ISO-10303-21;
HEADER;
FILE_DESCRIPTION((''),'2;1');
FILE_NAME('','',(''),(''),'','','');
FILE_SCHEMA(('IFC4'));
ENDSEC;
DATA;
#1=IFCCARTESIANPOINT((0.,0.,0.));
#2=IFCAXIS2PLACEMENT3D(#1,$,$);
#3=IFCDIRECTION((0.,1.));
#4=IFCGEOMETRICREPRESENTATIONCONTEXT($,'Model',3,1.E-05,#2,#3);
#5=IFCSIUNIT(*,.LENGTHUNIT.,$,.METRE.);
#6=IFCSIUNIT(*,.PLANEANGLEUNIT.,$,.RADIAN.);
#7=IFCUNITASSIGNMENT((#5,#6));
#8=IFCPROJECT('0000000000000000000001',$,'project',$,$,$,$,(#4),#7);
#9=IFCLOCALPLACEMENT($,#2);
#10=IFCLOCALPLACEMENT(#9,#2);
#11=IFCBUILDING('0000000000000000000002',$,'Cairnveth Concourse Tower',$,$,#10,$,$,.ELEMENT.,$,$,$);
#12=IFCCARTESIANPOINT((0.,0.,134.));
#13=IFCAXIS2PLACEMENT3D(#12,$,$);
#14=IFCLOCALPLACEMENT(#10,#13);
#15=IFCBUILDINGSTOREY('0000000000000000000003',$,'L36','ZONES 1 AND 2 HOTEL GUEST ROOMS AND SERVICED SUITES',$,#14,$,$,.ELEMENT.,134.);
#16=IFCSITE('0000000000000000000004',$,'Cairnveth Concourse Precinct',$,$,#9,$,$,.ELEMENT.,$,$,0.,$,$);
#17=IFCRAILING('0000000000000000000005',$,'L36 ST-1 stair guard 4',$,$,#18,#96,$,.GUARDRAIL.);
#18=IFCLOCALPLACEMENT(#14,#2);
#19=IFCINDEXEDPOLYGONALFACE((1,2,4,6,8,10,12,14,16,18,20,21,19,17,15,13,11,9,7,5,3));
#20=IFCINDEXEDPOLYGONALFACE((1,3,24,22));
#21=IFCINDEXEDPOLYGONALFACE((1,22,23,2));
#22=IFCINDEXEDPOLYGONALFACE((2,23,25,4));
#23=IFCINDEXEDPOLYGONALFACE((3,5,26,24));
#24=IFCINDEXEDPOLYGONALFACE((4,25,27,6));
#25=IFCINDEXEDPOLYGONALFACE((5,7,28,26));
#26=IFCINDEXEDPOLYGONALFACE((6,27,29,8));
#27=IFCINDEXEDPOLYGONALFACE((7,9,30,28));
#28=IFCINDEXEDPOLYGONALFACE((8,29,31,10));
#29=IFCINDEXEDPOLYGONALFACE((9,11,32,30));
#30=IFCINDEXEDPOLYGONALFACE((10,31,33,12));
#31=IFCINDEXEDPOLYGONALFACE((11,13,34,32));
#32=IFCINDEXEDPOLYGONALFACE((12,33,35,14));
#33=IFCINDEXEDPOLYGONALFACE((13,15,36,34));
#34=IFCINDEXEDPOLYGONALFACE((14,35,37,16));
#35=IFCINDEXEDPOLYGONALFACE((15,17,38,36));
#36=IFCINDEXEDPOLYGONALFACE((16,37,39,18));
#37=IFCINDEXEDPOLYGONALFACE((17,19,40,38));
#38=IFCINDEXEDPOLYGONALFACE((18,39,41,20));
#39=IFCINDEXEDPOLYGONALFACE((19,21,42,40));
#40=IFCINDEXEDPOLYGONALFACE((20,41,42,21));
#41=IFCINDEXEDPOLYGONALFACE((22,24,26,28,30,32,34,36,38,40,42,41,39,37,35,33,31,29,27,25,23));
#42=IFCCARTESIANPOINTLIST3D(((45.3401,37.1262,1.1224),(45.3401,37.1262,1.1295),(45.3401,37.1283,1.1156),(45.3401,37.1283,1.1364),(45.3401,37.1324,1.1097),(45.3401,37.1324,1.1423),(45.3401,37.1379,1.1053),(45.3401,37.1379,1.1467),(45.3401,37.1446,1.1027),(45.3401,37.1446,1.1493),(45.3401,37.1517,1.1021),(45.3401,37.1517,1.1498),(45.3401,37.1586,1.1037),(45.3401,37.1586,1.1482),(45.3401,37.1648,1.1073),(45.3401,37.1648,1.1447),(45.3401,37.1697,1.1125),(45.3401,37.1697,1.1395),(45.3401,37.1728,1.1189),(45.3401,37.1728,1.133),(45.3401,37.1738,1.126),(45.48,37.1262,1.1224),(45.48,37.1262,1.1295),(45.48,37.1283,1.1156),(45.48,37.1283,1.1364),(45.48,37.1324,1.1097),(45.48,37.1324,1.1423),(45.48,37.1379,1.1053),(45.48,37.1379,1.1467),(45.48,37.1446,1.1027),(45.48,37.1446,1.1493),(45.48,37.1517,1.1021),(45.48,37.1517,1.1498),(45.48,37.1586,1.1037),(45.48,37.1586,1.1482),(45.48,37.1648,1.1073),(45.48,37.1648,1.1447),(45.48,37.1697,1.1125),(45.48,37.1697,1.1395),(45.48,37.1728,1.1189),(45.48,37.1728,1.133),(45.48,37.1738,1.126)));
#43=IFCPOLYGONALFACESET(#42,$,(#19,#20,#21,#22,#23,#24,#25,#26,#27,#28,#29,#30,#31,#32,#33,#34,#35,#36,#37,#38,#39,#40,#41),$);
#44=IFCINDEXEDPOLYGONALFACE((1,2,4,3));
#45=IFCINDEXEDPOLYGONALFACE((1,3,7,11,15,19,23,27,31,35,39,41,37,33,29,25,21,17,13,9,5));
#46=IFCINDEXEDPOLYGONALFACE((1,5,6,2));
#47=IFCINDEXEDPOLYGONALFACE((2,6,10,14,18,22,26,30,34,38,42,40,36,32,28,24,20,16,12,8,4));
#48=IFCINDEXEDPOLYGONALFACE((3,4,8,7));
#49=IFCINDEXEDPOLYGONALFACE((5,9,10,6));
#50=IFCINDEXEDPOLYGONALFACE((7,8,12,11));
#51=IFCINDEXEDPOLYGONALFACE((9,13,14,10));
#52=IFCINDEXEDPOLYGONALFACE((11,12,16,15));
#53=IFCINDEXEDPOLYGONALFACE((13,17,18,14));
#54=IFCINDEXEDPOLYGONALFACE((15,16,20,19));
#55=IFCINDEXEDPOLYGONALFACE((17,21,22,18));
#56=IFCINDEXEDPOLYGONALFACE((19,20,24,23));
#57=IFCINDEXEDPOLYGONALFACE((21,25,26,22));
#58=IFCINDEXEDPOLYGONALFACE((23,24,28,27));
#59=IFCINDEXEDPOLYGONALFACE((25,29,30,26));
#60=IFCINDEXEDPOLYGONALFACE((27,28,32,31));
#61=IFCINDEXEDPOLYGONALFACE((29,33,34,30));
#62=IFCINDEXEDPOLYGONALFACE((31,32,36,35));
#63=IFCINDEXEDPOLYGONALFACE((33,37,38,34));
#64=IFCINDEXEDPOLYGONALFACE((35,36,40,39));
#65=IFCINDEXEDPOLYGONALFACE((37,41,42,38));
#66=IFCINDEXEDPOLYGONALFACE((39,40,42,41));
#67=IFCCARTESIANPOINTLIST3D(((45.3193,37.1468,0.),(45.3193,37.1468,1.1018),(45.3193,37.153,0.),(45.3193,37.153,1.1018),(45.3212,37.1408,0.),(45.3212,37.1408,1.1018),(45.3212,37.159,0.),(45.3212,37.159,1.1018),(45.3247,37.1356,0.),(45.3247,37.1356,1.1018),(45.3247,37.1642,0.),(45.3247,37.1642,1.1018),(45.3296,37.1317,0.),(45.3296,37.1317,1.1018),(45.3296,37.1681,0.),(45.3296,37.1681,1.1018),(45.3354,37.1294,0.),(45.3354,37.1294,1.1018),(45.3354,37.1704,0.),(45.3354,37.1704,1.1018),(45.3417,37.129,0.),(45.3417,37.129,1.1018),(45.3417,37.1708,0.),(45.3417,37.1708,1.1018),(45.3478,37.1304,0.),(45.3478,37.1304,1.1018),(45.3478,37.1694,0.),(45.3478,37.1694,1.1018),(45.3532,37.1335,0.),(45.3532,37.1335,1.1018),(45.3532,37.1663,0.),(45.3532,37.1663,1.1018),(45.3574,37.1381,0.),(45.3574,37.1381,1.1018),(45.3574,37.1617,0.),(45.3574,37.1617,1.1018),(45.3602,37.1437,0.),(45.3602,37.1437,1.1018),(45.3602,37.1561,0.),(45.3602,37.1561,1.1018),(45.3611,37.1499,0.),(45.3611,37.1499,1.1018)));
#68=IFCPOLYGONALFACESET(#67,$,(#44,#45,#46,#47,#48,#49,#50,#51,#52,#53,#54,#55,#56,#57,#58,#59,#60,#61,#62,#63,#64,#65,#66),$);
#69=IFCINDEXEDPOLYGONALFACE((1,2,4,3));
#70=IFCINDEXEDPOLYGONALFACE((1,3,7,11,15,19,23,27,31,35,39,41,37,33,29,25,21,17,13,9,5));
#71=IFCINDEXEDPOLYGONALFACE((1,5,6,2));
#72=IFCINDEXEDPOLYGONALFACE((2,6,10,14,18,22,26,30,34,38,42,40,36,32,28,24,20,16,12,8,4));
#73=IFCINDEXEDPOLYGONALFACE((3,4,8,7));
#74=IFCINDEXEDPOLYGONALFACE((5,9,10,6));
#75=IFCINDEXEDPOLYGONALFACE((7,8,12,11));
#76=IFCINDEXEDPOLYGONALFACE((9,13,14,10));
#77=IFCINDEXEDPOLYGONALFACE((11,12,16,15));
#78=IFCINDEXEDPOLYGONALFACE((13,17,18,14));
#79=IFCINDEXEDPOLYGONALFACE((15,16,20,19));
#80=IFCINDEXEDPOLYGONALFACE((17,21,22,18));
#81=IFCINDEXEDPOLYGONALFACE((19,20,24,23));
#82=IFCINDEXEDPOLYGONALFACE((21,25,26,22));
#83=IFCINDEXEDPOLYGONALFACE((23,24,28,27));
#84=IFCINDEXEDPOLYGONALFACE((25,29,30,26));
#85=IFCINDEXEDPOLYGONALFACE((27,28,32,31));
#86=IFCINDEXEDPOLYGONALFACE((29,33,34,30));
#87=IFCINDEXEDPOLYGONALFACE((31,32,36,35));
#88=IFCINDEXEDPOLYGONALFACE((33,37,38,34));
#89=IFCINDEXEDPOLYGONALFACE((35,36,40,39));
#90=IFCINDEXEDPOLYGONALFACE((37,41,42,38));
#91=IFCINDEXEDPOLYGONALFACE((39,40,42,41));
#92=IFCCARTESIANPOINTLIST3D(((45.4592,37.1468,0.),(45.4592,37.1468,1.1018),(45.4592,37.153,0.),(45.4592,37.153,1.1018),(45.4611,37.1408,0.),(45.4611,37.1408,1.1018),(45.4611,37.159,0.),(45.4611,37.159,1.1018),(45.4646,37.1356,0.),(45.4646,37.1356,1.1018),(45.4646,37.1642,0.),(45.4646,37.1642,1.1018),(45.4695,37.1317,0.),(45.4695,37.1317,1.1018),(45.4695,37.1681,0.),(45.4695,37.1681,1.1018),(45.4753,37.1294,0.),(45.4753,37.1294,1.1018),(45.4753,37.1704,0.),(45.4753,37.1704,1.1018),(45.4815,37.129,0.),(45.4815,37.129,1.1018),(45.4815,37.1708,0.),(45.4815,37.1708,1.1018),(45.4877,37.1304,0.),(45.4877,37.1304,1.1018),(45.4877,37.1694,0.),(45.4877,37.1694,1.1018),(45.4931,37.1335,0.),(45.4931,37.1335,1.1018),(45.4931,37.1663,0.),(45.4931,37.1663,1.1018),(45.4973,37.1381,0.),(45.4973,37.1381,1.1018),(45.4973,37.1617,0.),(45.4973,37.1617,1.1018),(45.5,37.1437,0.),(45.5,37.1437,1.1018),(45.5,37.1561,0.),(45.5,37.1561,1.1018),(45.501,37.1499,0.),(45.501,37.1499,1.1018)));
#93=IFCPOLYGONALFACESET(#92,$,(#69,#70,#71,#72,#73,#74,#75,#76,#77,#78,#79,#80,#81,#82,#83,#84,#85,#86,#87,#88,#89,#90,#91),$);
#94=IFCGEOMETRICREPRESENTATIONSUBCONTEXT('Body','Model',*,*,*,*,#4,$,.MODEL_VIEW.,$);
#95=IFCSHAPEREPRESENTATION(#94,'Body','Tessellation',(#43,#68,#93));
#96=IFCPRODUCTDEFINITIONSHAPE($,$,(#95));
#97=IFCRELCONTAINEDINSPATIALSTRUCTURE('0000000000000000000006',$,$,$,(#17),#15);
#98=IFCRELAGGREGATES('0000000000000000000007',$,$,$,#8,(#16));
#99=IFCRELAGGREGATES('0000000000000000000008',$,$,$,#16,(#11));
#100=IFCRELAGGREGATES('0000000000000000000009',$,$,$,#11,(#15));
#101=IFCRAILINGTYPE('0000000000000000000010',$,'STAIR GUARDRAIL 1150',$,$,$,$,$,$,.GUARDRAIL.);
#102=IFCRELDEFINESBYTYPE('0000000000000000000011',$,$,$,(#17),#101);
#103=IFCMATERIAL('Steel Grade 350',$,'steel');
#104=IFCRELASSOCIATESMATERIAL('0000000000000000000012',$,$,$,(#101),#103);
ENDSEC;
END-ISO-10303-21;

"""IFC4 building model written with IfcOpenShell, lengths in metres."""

from ifc_helpers import new_model, si_unit, direction, frame, origin, origin_2d, place, context, subcontext, project, spatial, circle, extrude, material, type_object, element, save


model = new_model("IFC4")

# Units and contexts
model_context = context("Model", 3, precision=1e-05, world=origin(), true_north=direction((0.0, 1.0)))
body_context = subcontext(model_context, "Body", "Model", "MODEL_VIEW")
ifc_project = project(units=[si_unit("LENGTHUNIT", "METRE"), si_unit("PLANEANGLEUNIT", "RADIAN")], contexts=[model_context])

# Site, building, storey
site_placement = place(None, origin())
site = spatial("IfcSite", under=ifc_project, at=site_placement, Name="Cairnveth Concourse Precinct", CompositionType="ELEMENT", RefElevation=0.0)
building_placement = place(site_placement, origin())
building = spatial("IfcBuilding", under=site, at=building_placement, Name="Cairnveth Concourse Tower", CompositionType="ELEMENT")
storey_placement = place(building_placement, frame((0.0, 0.0, 134.0)))
storey = spatial("IfcBuildingStorey", under=building, at=storey_placement, Name="L36", Description="ZONES 1 AND 2 HOTEL GUEST ROOMS AND SERVICED SUITES", CompositionType="ELEMENT", Elevation=134.0)

# Shared definitions
ifc_material_1 = material(Name="Steel Grade 350", Category="steel")

# Railing
railing_type_1 = type_object("IfcRailingType", Name="STAIR GUARDRAIL 1150", PredefinedType="GUARDRAIL", material=ifc_material_1)
railing_1_placement = place(storey_placement, frame((45.3401, 37.1499, 0.0)))
element("IfcRailing", 1, at=railing_1_placement, inside=storey, type_object=railing_type_1, Name="L36 ST-1 stair guard 4", PredefinedType="GUARDRAIL", context=body_context, shape_type="SweptSolid", body=[
    extrude(circle(Radius=0.0239, at=origin_2d()), frame((0.0, 0.0, 1.126), z_axis=(1.0, 0.0, 0.0), x_axis=(0.0, 1.0, 0.0)), (0.0, 0.0, 1.0), 0.1399),
    extrude(circle(Radius=0.021, at=origin_2d()), origin(), (0.0, 0.0, 1.0), 1.1018),
    extrude(circle(Radius=0.021, at=origin_2d()), frame((0.1399, 0.0, 0.0)), (0.0, 0.0, 1.0), 1.1018),
])

save(model, "model.ifc")
